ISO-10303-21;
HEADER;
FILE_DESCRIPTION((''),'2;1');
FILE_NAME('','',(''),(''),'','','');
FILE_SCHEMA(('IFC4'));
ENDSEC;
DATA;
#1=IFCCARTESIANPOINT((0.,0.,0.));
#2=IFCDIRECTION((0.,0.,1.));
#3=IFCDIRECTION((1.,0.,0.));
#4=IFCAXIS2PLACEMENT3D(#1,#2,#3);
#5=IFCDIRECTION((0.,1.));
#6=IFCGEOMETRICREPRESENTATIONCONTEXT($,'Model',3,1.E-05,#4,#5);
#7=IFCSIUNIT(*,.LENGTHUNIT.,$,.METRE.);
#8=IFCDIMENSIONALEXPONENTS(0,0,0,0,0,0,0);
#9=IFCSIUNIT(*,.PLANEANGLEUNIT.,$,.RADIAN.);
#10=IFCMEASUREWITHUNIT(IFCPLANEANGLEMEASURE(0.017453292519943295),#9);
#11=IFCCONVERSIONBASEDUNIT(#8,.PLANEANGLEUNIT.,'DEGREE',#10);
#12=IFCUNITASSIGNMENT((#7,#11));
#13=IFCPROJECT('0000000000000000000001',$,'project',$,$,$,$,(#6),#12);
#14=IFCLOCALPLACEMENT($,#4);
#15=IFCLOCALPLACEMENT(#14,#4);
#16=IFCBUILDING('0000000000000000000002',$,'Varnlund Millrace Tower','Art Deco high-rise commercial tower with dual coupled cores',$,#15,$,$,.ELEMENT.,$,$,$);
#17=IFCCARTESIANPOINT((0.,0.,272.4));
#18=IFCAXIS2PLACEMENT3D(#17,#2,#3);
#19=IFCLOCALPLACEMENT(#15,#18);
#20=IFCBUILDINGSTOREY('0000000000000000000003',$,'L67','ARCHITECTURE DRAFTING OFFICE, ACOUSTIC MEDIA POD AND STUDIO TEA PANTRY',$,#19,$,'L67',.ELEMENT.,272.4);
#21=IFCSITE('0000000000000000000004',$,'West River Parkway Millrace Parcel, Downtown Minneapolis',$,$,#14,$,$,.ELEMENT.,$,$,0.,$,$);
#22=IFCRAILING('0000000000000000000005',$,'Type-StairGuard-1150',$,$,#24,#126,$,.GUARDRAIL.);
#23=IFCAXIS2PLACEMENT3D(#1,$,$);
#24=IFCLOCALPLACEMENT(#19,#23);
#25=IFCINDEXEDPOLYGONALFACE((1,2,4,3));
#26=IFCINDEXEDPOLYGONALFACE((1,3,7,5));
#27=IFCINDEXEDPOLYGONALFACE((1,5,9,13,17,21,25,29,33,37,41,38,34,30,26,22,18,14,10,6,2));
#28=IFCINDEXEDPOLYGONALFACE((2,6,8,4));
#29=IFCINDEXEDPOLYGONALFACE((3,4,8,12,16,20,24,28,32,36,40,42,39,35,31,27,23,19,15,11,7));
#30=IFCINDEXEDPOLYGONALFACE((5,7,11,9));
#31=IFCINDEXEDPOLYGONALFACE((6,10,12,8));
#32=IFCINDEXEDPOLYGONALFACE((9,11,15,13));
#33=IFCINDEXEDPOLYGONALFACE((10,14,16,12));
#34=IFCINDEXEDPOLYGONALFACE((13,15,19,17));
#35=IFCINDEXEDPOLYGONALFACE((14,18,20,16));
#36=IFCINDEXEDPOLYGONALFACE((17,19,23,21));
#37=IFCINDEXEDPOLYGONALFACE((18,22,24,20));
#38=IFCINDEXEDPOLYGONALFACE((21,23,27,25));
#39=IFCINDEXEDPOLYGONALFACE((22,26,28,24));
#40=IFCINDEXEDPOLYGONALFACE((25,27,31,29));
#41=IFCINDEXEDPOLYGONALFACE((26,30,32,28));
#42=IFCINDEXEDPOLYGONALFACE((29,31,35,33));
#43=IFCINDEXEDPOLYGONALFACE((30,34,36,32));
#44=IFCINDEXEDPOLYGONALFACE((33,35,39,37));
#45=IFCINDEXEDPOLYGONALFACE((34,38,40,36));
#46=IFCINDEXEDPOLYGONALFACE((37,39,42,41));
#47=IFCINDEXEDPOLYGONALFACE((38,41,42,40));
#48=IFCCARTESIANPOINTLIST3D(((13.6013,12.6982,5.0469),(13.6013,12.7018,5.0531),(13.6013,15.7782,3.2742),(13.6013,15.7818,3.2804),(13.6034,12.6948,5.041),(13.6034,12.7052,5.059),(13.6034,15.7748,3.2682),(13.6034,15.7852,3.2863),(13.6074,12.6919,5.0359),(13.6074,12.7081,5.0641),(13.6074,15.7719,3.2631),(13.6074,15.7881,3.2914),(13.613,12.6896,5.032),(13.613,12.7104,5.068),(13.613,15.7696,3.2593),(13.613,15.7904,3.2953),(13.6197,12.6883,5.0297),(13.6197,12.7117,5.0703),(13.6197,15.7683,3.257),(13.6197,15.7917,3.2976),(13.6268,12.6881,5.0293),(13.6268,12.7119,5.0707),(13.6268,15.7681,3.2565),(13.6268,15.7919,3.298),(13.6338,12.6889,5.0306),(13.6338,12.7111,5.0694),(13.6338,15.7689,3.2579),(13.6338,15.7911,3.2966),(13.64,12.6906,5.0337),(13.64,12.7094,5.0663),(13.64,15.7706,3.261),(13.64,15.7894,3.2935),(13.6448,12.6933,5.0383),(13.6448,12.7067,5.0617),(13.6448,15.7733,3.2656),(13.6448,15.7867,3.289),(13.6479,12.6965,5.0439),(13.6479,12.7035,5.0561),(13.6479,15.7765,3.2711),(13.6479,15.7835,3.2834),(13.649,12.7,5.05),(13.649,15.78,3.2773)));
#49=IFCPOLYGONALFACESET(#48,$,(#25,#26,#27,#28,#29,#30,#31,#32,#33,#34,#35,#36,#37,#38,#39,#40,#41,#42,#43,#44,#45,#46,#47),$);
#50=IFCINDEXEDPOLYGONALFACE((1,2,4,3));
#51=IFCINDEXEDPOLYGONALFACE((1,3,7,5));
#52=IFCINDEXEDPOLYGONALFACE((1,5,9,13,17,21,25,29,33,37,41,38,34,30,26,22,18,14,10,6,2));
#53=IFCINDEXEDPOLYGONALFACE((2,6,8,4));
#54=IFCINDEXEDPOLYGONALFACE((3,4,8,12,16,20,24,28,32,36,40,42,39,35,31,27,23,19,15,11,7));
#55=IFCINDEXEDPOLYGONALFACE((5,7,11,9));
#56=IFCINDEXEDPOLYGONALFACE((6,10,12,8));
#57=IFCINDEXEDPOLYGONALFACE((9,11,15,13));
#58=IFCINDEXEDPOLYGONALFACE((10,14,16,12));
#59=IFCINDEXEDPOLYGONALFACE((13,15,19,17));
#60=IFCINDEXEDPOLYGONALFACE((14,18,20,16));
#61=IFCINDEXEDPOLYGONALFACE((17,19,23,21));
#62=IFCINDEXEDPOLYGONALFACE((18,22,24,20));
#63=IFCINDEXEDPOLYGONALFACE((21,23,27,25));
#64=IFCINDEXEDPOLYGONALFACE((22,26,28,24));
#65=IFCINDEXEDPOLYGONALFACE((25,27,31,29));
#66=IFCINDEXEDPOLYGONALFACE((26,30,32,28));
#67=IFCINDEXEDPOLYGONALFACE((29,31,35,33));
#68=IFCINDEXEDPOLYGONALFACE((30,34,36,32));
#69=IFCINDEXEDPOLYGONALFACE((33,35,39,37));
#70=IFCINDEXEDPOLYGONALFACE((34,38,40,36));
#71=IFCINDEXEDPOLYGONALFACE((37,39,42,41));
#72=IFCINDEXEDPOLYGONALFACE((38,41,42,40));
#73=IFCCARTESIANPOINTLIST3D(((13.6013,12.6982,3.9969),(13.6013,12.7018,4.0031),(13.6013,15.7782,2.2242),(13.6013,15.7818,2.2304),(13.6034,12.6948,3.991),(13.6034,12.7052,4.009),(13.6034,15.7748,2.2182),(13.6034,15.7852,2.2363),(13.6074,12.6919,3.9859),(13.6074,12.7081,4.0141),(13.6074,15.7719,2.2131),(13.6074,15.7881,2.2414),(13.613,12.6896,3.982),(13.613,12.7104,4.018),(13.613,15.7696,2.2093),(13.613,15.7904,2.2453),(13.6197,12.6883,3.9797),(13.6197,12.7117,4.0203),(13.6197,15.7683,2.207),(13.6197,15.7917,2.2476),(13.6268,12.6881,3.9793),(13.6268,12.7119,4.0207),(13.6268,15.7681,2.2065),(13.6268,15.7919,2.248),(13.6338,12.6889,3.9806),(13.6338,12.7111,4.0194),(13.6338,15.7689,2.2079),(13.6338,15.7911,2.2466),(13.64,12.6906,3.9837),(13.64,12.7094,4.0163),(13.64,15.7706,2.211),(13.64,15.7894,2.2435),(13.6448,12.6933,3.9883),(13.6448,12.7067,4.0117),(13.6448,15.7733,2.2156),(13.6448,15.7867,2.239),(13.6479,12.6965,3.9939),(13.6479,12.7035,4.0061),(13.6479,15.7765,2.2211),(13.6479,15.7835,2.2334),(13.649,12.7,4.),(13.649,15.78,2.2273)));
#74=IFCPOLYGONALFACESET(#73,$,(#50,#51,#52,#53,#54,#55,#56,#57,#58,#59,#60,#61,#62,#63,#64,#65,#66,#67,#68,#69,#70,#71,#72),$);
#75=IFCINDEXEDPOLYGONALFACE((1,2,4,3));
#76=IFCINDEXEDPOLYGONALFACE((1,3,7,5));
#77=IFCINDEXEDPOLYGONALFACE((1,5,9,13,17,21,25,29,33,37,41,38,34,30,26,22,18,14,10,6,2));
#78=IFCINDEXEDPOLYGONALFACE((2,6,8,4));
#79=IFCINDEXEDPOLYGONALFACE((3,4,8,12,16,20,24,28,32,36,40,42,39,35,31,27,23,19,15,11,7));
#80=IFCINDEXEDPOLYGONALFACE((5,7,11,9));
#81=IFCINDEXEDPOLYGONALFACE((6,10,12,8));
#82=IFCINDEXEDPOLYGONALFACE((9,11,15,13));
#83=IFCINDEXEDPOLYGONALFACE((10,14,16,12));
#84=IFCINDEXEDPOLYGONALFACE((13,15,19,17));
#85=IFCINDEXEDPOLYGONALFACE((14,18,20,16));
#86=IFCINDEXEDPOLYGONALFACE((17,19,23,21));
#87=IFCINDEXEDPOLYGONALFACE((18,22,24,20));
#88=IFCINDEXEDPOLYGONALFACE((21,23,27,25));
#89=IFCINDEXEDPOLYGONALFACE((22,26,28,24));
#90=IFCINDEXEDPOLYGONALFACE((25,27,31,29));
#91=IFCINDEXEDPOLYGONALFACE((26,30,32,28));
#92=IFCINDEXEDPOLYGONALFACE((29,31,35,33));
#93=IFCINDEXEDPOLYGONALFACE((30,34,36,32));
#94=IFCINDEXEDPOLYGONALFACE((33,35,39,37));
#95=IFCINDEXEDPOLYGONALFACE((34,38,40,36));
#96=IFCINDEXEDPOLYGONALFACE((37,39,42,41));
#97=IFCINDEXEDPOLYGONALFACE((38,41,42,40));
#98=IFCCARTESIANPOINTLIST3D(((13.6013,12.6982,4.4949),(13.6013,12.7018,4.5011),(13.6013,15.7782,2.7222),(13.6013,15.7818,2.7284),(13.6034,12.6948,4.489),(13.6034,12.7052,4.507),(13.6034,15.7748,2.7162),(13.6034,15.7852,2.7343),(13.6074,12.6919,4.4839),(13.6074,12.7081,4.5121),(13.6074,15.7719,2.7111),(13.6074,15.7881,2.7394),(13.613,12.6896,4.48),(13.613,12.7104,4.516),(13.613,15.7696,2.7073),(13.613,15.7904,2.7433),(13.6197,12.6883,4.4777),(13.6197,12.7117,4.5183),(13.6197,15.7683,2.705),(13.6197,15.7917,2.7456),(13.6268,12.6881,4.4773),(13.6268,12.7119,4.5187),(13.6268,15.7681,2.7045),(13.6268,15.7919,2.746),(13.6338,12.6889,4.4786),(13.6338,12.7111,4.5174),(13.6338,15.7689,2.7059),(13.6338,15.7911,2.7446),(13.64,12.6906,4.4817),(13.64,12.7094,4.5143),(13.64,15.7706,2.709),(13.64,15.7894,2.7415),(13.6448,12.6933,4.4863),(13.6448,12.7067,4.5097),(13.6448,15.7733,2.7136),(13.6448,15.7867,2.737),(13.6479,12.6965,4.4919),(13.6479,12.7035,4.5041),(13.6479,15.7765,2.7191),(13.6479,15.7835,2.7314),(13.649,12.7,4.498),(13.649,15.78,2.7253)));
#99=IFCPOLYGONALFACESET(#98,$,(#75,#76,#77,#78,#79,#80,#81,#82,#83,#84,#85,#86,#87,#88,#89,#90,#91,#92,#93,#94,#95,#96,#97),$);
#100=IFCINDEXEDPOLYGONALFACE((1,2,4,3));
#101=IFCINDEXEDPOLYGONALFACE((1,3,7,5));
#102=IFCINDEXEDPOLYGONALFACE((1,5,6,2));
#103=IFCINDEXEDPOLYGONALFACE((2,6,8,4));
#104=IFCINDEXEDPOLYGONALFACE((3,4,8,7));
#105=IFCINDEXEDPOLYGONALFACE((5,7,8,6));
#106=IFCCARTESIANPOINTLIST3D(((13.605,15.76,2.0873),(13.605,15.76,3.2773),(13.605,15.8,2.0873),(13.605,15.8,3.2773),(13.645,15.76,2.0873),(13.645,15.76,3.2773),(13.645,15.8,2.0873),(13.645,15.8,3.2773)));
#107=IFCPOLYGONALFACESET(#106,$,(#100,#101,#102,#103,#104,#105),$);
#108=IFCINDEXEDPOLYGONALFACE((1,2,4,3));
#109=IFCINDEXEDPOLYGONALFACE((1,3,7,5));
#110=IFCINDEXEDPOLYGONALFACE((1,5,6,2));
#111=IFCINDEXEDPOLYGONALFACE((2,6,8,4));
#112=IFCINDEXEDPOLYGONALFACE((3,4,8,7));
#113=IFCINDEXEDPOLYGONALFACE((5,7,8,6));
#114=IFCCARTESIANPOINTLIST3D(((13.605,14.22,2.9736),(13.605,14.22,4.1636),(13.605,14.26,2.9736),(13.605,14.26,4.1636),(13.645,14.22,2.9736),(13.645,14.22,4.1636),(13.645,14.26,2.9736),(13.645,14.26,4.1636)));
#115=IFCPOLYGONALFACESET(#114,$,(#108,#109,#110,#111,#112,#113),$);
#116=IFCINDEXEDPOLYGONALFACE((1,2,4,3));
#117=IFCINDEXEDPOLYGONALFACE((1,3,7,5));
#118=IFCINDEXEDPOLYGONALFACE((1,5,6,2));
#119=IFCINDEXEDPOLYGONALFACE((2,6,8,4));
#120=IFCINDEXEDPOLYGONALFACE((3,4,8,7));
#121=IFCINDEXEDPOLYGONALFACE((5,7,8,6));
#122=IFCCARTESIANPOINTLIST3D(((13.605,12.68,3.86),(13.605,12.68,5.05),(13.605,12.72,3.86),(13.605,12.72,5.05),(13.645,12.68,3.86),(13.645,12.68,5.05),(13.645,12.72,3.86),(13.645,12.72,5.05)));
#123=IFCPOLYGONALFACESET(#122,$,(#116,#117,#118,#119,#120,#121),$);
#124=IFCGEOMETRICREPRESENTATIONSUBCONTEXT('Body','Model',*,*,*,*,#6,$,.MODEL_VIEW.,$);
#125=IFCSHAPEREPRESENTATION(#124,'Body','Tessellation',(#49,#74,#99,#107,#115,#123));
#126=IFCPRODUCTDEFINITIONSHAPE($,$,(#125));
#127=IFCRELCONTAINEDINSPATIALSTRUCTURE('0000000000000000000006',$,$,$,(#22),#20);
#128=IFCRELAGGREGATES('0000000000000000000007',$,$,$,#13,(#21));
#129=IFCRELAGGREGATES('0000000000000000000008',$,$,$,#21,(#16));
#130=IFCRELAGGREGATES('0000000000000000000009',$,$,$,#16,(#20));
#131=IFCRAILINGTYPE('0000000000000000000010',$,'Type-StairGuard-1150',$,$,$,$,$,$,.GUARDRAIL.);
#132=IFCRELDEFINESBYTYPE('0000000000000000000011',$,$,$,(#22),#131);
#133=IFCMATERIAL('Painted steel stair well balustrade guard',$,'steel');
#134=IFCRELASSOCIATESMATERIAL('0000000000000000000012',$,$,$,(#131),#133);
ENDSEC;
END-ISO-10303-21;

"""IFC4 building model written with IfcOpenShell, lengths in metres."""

from ifc_helpers import new_model, entity, si_unit, converted_unit, direction, frame, origin_with_axes, origin_2d_with_axis, place, context, subcontext, project, spatial, rectangle, circle, extrude, material, type_object, element, save


model = new_model("IFC4")

# Units and contexts
model_context = context("Model", 3, precision=1e-05, world=origin_with_axes(), true_north=direction((0.0, 1.0)))
body_context = subcontext(model_context, "Body", "Model", "MODEL_VIEW")
ifc_project = project(units=[si_unit("LENGTHUNIT", "METRE"), converted_unit("PLANEANGLEUNIT", "DEGREE", entity("IfcPlaneAngleMeasure", 0.017453292519943295), si_unit("PLANEANGLEUNIT", "RADIAN"), dimensions=[0, 0, 0, 0, 0, 0, 0])], contexts=[model_context])

# Site, building, storey
site_placement = place(None, origin_with_axes())
site = spatial("IfcSite", under=ifc_project, at=site_placement, Name="West River Parkway Millrace Parcel, Downtown Minneapolis", CompositionType="ELEMENT", RefElevation=0.0)
building_placement = place(site_placement, origin_with_axes())
building = spatial("IfcBuilding", under=site, at=building_placement, Name="Varnlund Millrace Tower", Description="Art Deco high-rise commercial tower with dual coupled cores", CompositionType="ELEMENT")
storey_placement = place(building_placement, frame((0.0, 0.0, 272.4), z_axis=(0.0, 0.0, 1.0), x_axis=(1.0, 0.0, 0.0)))
storey = spatial("IfcBuildingStorey", under=building, at=storey_placement, Name="L67", Description="ARCHITECTURE DRAFTING OFFICE, ACOUSTIC MEDIA POD AND STUDIO TEA PANTRY", LongName="L67", CompositionType="ELEMENT", Elevation=272.4)

# Railing
ifc_material_1 = material(Name="Painted steel stair well balustrade guard", Category="steel")
railing_type_1 = type_object("IfcRailingType", Name="Type-StairGuard-1150", PredefinedType="GUARDRAIL", material=ifc_material_1)
railing_1_placement = place(storey_placement, frame((0.0, 0.0, -272.4), z_axis=(0.0, 0.0, 1.0), x_axis=(1.0, 0.0, 0.0)))
element("IfcRailing", 1, at=railing_1_placement, inside=storey, type_object=railing_type_1, Name="Type-StairGuard-1150", PredefinedType="GUARDRAIL", context=body_context, shape_type="SweptSolid", body=[
    extrude(circle(Radius=0.024, at=origin_2d_with_axis()), frame((13.625, 15.78, 275.6773), z_axis=(0.0, -0.866696, 0.498836), x_axis=(1.0, 0.0, 0.0)), (0.0, 0.0, 1.0), 3.5537),
    extrude(circle(Radius=0.024, at=origin_2d_with_axis()), frame((13.625, 15.78, 274.6273), z_axis=(0.0, -0.866696, 0.498836), x_axis=(1.0, 0.0, 0.0)), (0.0, 0.0, 1.0), 3.5537),
    extrude(circle(Radius=0.024, at=origin_2d_with_axis()), frame((13.625, 15.78, 275.1253), z_axis=(0.0, -0.866696, 0.498836), x_axis=(1.0, 0.0, 0.0)), (0.0, 0.0, 1.0), 3.5537),
    extrude(rectangle(XDim=0.04, YDim=0.04, at=origin_2d_with_axis()), frame((13.625, 15.78, 274.4873), z_axis=(0.0, 0.0, 1.0), x_axis=(1.0, 0.0, 0.0)), (0.0, 0.0, 1.0), 1.19),
    extrude(rectangle(XDim=0.04, YDim=0.04, at=origin_2d_with_axis()), frame((13.625, 14.24, 275.3736), z_axis=(0.0, 0.0, 1.0), x_axis=(1.0, 0.0, 0.0)), (0.0, 0.0, 1.0), 1.19),
    extrude(rectangle(XDim=0.04, YDim=0.04, at=origin_2d_with_axis()), frame((13.625, 12.7, 276.26), z_axis=(0.0, 0.0, 1.0), x_axis=(1.0, 0.0, 0.0)), (0.0, 0.0, 1.0), 1.19),
])

save(model, "model.ifc")
